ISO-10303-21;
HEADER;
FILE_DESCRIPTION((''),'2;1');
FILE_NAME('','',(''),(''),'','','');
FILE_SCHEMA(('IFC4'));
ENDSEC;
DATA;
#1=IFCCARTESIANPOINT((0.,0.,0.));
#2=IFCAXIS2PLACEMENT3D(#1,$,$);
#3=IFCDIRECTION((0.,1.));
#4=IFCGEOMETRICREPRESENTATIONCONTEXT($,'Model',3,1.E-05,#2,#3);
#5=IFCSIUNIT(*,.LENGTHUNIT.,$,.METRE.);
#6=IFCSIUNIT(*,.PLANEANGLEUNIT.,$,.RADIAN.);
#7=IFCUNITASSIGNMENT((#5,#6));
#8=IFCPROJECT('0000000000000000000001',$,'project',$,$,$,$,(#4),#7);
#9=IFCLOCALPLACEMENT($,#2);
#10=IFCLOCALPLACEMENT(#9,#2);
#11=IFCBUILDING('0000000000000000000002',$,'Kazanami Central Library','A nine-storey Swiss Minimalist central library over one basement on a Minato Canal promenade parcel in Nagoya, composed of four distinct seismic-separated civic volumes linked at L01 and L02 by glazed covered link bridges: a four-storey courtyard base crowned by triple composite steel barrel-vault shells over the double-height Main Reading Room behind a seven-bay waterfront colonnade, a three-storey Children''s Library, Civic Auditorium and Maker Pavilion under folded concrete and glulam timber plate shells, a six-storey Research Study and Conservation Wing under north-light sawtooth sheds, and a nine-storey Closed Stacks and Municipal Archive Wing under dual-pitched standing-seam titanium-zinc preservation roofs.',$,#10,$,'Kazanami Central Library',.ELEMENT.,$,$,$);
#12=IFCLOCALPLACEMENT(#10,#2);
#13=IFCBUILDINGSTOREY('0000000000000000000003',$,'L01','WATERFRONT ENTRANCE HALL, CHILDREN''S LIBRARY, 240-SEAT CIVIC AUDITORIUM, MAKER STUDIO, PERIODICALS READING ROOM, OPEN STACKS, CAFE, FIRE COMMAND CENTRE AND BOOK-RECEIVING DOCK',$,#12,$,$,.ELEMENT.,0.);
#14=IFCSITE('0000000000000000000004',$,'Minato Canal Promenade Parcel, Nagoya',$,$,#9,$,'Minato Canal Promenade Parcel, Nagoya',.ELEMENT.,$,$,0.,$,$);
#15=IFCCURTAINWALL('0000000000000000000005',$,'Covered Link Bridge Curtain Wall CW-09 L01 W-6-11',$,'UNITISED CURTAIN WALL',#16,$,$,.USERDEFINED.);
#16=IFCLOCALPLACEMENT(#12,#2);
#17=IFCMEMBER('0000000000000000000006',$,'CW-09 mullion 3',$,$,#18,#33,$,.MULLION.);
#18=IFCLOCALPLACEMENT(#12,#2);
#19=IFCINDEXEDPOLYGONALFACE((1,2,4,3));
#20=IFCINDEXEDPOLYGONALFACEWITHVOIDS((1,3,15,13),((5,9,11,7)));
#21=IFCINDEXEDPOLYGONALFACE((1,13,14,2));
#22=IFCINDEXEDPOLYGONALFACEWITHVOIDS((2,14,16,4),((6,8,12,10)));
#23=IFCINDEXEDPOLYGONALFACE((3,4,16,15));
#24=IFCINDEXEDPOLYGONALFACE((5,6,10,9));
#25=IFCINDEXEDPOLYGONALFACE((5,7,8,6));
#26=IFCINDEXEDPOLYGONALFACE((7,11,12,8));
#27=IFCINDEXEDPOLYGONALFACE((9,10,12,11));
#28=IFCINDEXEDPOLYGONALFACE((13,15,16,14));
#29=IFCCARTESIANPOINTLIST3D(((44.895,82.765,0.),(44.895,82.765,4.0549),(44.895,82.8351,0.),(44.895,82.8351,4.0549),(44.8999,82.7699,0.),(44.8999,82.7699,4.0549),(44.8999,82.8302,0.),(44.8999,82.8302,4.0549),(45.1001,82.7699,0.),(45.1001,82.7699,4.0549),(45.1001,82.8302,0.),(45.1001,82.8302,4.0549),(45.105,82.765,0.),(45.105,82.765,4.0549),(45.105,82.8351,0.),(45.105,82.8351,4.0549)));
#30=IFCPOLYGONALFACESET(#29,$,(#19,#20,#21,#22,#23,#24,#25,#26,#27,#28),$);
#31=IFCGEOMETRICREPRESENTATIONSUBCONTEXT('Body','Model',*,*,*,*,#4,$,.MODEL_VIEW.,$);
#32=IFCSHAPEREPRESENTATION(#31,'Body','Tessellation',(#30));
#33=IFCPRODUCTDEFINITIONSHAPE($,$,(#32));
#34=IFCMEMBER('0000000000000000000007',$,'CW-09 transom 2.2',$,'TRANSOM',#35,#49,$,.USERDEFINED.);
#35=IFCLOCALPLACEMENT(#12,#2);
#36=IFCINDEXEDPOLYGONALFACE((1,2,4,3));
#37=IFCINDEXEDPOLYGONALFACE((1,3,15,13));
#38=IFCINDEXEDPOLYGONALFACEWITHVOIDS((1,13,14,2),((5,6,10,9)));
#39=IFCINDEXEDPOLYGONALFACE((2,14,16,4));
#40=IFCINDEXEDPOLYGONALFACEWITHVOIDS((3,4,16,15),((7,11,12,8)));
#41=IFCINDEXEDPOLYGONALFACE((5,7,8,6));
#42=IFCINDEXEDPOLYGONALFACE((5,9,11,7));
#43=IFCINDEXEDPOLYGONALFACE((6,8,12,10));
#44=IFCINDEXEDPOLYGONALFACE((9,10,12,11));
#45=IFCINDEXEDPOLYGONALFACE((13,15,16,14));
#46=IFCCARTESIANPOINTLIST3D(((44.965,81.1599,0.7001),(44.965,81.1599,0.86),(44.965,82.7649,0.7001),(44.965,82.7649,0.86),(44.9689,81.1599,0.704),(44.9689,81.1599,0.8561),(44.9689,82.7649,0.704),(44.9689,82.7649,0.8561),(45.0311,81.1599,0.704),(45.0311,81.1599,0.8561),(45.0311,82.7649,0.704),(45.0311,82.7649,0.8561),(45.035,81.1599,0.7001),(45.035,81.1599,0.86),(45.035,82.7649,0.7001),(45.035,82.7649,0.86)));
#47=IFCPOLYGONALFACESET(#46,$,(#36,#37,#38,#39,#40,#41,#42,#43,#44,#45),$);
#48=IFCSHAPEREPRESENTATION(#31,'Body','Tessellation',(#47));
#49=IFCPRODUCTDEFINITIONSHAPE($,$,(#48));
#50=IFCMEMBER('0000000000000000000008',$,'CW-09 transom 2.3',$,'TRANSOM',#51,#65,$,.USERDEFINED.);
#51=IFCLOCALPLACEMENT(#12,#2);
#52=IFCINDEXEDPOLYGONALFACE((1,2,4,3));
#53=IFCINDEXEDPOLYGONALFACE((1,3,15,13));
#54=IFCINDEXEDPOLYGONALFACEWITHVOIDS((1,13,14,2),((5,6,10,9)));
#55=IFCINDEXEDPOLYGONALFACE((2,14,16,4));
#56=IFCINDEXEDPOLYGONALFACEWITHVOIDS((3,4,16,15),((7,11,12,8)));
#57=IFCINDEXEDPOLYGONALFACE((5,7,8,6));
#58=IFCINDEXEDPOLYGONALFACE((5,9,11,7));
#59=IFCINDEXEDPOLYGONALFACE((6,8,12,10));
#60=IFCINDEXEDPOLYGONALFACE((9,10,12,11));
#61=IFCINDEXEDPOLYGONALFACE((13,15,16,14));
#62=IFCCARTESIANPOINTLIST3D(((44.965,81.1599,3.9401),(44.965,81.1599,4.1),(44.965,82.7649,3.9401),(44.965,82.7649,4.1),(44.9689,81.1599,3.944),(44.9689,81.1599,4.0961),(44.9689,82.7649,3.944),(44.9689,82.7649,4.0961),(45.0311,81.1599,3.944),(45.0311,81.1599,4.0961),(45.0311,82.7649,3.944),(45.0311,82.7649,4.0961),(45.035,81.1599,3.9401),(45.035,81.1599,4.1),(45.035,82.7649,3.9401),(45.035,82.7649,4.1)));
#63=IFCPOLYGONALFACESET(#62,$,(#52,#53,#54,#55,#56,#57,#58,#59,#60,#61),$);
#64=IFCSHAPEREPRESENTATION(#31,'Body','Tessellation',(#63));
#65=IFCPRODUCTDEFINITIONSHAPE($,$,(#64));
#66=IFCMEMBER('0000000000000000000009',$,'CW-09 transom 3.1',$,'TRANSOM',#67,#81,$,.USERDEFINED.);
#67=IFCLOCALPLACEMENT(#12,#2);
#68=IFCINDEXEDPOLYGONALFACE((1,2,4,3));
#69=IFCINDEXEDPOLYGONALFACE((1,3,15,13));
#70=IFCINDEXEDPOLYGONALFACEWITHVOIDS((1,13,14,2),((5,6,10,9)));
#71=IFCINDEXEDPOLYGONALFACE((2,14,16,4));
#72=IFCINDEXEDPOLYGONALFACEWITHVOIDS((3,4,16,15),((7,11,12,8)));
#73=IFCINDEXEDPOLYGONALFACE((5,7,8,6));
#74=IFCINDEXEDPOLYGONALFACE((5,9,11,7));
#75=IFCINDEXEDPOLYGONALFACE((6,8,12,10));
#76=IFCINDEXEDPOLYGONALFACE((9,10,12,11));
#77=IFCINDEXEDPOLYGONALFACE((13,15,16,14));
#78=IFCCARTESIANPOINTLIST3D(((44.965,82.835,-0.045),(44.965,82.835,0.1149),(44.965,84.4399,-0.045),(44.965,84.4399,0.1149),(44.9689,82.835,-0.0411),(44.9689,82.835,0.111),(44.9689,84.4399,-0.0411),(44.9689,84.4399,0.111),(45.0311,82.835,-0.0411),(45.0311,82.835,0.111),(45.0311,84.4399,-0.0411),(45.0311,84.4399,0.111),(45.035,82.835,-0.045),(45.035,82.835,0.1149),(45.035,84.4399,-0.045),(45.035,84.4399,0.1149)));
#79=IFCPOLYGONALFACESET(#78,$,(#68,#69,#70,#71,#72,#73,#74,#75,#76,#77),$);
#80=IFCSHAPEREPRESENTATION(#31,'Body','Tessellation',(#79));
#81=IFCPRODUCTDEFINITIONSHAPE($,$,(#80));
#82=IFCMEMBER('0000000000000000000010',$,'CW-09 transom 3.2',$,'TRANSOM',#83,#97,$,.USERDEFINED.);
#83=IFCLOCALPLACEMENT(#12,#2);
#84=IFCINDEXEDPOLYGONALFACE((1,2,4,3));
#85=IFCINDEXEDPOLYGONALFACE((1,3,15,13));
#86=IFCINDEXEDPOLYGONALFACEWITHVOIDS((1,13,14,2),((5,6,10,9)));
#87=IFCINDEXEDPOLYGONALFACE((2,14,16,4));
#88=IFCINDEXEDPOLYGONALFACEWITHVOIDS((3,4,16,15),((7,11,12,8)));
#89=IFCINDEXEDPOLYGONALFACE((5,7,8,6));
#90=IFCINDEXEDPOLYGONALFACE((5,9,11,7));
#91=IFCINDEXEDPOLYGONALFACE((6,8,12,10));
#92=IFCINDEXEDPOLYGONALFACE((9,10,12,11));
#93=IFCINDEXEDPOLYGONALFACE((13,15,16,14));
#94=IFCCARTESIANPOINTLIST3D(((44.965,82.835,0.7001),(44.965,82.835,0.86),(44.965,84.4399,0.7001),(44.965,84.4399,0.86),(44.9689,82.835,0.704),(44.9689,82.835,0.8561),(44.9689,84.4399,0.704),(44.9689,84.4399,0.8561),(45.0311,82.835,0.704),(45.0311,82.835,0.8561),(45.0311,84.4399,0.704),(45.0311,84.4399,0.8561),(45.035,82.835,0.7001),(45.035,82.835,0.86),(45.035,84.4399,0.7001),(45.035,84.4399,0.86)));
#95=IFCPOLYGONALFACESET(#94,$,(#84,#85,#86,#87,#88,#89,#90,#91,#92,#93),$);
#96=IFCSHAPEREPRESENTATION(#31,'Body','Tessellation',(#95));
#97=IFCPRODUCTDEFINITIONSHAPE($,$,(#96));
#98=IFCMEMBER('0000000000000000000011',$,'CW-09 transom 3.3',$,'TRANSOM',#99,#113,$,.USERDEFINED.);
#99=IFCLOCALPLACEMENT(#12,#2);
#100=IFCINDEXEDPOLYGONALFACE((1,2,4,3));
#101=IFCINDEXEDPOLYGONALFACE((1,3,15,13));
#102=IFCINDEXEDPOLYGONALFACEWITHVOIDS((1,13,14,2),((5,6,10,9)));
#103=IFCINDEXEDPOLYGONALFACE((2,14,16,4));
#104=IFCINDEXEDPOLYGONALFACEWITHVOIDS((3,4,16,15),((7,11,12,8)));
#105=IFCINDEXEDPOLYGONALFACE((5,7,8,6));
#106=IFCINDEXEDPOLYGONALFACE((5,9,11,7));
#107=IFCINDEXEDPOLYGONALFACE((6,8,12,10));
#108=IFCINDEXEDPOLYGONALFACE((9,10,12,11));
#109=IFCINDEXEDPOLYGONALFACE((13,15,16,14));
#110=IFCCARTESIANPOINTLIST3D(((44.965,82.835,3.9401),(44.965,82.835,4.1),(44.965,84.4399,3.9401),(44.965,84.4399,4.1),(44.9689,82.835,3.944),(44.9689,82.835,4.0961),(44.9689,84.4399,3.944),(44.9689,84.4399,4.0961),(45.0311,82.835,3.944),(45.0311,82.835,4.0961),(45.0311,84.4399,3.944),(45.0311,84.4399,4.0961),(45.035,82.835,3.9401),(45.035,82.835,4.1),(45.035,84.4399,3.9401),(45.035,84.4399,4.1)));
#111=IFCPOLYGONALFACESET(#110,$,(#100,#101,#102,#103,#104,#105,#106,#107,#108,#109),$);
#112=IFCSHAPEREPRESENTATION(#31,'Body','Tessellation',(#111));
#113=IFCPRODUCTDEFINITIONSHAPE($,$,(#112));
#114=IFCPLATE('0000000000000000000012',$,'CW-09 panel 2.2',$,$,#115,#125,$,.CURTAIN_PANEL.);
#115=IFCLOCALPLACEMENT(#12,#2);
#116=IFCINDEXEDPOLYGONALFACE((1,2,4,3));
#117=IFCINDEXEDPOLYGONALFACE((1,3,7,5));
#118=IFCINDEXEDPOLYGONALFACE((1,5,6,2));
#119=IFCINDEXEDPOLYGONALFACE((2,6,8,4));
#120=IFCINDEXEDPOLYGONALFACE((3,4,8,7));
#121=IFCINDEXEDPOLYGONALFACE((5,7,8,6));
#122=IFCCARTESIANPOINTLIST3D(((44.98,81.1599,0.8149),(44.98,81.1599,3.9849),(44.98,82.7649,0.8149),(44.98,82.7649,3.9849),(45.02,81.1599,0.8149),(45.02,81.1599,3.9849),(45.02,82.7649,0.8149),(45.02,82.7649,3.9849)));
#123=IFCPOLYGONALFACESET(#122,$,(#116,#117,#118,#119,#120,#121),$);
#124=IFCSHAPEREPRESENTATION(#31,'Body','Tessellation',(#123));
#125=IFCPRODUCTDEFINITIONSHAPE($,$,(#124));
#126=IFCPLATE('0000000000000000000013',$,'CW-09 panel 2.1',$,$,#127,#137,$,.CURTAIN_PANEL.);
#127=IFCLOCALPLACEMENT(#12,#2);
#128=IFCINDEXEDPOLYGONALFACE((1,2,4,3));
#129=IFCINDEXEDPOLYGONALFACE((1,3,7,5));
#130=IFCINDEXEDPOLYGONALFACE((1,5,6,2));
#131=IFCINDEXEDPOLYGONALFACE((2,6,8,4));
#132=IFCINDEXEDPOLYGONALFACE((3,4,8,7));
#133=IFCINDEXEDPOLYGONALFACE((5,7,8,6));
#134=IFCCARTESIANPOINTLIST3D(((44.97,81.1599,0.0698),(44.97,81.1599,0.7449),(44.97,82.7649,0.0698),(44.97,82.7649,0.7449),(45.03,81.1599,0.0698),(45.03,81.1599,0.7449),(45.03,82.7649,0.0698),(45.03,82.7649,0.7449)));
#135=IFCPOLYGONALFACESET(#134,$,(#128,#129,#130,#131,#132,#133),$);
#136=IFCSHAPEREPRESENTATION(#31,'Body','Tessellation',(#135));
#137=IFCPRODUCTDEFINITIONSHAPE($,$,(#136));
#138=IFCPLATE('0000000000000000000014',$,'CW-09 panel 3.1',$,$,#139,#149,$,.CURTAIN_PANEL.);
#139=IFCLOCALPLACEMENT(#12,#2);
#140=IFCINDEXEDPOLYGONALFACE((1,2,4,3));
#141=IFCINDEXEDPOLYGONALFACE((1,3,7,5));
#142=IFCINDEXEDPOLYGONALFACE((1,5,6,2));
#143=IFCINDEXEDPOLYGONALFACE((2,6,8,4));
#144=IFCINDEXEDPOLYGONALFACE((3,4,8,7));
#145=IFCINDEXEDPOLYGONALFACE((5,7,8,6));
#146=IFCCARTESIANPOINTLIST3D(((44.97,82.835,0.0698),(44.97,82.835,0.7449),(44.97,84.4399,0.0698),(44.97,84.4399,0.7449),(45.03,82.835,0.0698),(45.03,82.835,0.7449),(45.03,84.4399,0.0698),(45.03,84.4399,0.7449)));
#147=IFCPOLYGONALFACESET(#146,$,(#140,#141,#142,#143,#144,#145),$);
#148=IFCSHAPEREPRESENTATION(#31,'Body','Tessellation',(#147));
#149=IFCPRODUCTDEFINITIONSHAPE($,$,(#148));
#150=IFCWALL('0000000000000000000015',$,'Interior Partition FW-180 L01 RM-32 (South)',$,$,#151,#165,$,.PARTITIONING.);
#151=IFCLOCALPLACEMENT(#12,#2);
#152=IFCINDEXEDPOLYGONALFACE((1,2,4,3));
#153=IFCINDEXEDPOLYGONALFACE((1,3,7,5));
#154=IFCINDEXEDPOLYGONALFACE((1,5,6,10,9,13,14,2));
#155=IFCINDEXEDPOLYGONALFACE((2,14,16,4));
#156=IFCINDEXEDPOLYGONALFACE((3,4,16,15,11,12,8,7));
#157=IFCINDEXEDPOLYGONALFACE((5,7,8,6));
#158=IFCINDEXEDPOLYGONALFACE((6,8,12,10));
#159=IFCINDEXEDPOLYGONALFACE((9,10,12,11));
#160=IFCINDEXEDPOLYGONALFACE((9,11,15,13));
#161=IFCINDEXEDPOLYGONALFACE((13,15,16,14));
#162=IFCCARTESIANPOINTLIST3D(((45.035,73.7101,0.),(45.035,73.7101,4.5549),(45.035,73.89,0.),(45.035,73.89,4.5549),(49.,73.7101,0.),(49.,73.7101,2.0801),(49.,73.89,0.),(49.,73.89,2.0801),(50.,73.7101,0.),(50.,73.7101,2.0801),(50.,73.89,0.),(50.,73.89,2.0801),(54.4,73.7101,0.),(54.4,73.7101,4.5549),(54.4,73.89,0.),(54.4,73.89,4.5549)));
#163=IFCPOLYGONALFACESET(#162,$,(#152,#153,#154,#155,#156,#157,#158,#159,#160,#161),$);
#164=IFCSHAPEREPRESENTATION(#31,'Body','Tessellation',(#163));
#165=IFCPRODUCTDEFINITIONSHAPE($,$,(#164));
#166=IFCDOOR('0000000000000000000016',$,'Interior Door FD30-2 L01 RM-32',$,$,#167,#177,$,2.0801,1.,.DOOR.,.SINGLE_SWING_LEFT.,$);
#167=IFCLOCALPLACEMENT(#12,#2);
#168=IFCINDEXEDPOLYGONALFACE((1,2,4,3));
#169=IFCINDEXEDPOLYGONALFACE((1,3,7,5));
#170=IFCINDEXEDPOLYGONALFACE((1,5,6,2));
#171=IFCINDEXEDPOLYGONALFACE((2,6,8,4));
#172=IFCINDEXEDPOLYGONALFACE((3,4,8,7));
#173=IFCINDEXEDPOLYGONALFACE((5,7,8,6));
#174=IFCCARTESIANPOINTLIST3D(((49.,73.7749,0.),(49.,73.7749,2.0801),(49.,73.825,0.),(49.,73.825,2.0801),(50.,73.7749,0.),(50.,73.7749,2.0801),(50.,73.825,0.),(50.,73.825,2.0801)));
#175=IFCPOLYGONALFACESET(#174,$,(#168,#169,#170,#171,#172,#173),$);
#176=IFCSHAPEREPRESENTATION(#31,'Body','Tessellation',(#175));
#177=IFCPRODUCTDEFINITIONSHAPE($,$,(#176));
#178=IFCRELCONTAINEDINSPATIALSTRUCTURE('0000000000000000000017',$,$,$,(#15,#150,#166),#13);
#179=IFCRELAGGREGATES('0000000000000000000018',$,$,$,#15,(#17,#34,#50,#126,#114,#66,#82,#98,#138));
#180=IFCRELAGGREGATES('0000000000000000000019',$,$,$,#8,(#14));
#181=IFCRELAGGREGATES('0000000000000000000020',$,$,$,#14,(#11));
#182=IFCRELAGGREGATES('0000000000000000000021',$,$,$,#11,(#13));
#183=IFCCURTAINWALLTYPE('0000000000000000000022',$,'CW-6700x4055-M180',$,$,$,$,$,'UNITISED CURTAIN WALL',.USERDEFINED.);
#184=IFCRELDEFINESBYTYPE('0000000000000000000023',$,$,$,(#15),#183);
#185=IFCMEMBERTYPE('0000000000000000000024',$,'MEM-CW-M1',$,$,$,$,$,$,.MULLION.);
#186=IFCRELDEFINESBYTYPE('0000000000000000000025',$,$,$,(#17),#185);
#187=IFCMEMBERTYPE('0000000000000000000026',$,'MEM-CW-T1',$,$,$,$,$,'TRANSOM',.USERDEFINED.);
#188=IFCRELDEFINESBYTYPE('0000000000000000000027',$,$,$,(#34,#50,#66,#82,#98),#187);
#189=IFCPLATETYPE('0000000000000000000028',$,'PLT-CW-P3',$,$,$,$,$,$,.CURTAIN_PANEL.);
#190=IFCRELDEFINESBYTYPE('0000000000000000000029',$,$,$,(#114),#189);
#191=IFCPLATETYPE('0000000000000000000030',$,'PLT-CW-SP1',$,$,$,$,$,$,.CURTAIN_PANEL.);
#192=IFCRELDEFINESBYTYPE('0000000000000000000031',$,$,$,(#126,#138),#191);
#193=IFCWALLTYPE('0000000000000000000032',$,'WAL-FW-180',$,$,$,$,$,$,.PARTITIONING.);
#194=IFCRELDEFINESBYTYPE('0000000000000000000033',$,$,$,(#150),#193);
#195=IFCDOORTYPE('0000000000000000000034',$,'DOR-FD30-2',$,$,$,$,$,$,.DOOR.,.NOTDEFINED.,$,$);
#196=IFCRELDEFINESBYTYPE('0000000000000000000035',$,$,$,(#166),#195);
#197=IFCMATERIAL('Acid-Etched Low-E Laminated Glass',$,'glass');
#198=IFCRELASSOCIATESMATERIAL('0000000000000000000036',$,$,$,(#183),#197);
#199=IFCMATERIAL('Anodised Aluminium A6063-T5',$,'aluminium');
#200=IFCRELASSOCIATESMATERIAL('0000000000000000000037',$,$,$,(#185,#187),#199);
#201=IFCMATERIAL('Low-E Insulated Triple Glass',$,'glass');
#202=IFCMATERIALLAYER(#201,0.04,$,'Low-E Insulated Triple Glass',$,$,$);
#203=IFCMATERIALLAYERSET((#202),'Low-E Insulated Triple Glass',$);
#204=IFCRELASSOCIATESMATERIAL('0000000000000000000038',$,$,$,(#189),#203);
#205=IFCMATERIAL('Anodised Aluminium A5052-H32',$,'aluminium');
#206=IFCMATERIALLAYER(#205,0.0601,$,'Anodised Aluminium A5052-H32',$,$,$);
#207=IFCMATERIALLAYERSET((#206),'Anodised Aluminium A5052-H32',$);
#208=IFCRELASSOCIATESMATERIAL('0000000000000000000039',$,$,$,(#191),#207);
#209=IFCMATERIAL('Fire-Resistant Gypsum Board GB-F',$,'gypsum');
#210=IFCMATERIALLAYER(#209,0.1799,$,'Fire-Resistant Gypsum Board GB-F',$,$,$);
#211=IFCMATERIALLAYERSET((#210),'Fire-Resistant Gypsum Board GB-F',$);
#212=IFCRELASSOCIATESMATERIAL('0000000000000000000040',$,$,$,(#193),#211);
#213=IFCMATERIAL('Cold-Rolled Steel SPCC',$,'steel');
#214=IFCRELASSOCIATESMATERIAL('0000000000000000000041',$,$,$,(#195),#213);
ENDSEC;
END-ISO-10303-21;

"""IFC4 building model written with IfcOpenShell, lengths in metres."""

from ifc_helpers import new_model, si_unit, direction, frame, frame_2d, origin, origin_2d, place, context, subcontext, project, spatial, rectangle, hollow_rectangle, extrude, material, layer, layer_set, material_profile, profile_set, type_object, element, fill, aggregate, save


model = new_model("IFC4")

# Units and contexts
model_context = context("Model", 3, precision=1e-05, world=origin(), true_north=direction((0.0, 1.0)))
body_context = subcontext(model_context, "Body", "Model", "MODEL_VIEW")
ifc_project = project(units=[si_unit("LENGTHUNIT", "METRE"), si_unit("PLANEANGLEUNIT", "RADIAN")], contexts=[model_context])

# Site, building, storey
site_placement = place(None, origin())
site = spatial("IfcSite", under=ifc_project, at=site_placement, Name="Minato Canal Promenade Parcel, Nagoya", LongName="Minato Canal Promenade Parcel, Nagoya", CompositionType="ELEMENT", RefElevation=0.0)
building_placement = place(site_placement, origin())
building = spatial("IfcBuilding", under=site, at=building_placement, Name="Kazanami Central Library", Description="A nine-storey Swiss Minimalist central library over one basement on a Minato Canal promenade parcel in Nagoya, composed of four distinct seismic-separated civic volumes linked at L01 and L02 by glazed covered link bridges: a four-storey courtyard base crowned by triple composite steel barrel-vault shells over the double-height Main Reading Room behind a seven-bay waterfront colonnade, a three-storey Children's Library, Civic Auditorium and Maker Pavilion under folded concrete and glulam timber plate shells, a six-storey Research Study and Conservation Wing under north-light sawtooth sheds, and a nine-storey Closed Stacks and Municipal Archive Wing under dual-pitched standing-seam titanium-zinc preservation roofs.", LongName="Kazanami Central Library", CompositionType="ELEMENT")
storey_placement = place(building_placement, origin())
storey = spatial("IfcBuildingStorey", under=building, at=storey_placement, Name="L01", Description="WATERFRONT ENTRANCE HALL, CHILDREN'S LIBRARY, 240-SEAT CIVIC AUDITORIUM, MAKER STUDIO, PERIODICALS READING ROOM, OPEN STACKS, CAFE, FIRE COMMAND CENTRE AND BOOK-RECEIVING DOCK", CompositionType="ELEMENT", Elevation=0.0)

# Curtain wall, members, plates
ifc_material_1 = material(Name="Acid-Etched Low-E Laminated Glass", Category="glass")
curtain_wall_type = type_object("IfcCurtainWallType", Name="CW-6700x4055-M180", ElementType="UNITISED CURTAIN WALL", PredefinedType="USERDEFINED", material=ifc_material_1)
curtain_wall_placement = place(storey_placement, origin())
curtain_wall = element("IfcCurtainWall", 1, at=curtain_wall_placement, inside=storey, type_object=curtain_wall_type, Name="Covered Link Bridge Curtain Wall CW-09 L01 W-6-11", ObjectType="UNITISED CURTAIN WALL", PredefinedType="USERDEFINED")
ifc_material_2 = material(Name="Anodised Aluminium A6063-T5", Category="aluminium")
ifc_material_profile_1 = material_profile(ifc_material_2, hollow_rectangle(XDim=0.0701, YDim=0.21, WallThickness=0.0049, at=origin_2d()), Name="ALU-MULL-70x210x5")
ifc_profile_set_1 = profile_set([ifc_material_profile_1], Name="Anodised Aluminium A6063-T5")
member_type_1 = type_object("IfcMemberType", Name="MEM-CW-M1", PredefinedType="MULLION", material=ifc_profile_set_1)
member_1_placement = place(storey_placement, frame((45.0, 82.8, 0.0), z_axis=(0.0, 0.0, 1.0), x_axis=(0.0, 1.0, 0.0)))
member_1 = element("IfcMember", 2, at=member_1_placement, type_object=member_type_1, Name="CW-09 mullion 3", PredefinedType="MULLION", context=body_context, shape_type="SweptSolid", body=[
    extrude(hollow_rectangle(XDim=0.0701, YDim=0.21, WallThickness=0.0049, at=origin_2d()), origin(), (0.0, 0.0, 1.0), 4.0549),
])
ifc_material_profile_2 = material_profile(ifc_material_2, hollow_rectangle(XDim=0.0701, YDim=0.1599, WallThickness=0.0039, at=origin_2d()), Name="ALU-TRAN-70x160x4")
ifc_profile_set_2 = profile_set([ifc_material_profile_2], Name="Anodised Aluminium A6063-T5")
member_type_2 = type_object("IfcMemberType", Name="MEM-CW-T1", ElementType="TRANSOM", PredefinedType="USERDEFINED", material=ifc_profile_set_2)
member_2_placement = place(storey_placement, frame((45.0, 81.1599, 0.78), z_axis=(0.0, 1.0, 0.0), x_axis=(-1.0, 0.0, 0.0)))
member_2 = element("IfcMember", 3, at=member_2_placement, type_object=member_type_2, Name="CW-09 transom 2.2", ObjectType="TRANSOM", PredefinedType="USERDEFINED", context=body_context, shape_type="SweptSolid", body=[
    extrude(hollow_rectangle(XDim=0.0701, YDim=0.1599, WallThickness=0.0039, at=origin_2d()), origin(), (0.0, 0.0, 1.0), 1.605),
])
member_3_placement = place(storey_placement, frame((45.0, 81.1599, 4.02), z_axis=(0.0, 1.0, 0.0), x_axis=(-1.0, 0.0, 0.0)))
member_3 = element("IfcMember", 4, at=member_3_placement, type_object=member_type_2, Name="CW-09 transom 2.3", ObjectType="TRANSOM", PredefinedType="USERDEFINED", context=body_context, shape_type="SweptSolid", body=[
    extrude(hollow_rectangle(XDim=0.0701, YDim=0.1599, WallThickness=0.0039, at=origin_2d()), origin(), (0.0, 0.0, 1.0), 1.605),
])
member_4_placement = place(storey_placement, frame((45.0, 82.835, 0.0349), z_axis=(0.0, 1.0, 0.0), x_axis=(-1.0, 0.0, 0.0)))
member_4 = element("IfcMember", 5, at=member_4_placement, type_object=member_type_2, Name="CW-09 transom 3.1", ObjectType="TRANSOM", PredefinedType="USERDEFINED", context=body_context, shape_type="SweptSolid", body=[
    extrude(hollow_rectangle(XDim=0.0701, YDim=0.1599, WallThickness=0.0039, at=origin_2d()), origin(), (0.0, 0.0, 1.0), 1.605),
])
member_5_placement = place(storey_placement, frame((45.0, 82.835, 0.78), z_axis=(0.0, 1.0, 0.0), x_axis=(-1.0, 0.0, 0.0)))
member_5 = element("IfcMember", 6, at=member_5_placement, type_object=member_type_2, Name="CW-09 transom 3.2", ObjectType="TRANSOM", PredefinedType="USERDEFINED", context=body_context, shape_type="SweptSolid", body=[
    extrude(hollow_rectangle(XDim=0.0701, YDim=0.1599, WallThickness=0.0039, at=origin_2d()), origin(), (0.0, 0.0, 1.0), 1.605),
])
member_6_placement = place(storey_placement, frame((45.0, 82.835, 4.02), z_axis=(0.0, 1.0, 0.0), x_axis=(-1.0, 0.0, 0.0)))
member_6 = element("IfcMember", 7, at=member_6_placement, type_object=member_type_2, Name="CW-09 transom 3.3", ObjectType="TRANSOM", PredefinedType="USERDEFINED", context=body_context, shape_type="SweptSolid", body=[
    extrude(hollow_rectangle(XDim=0.0701, YDim=0.1599, WallThickness=0.0039, at=origin_2d()), origin(), (0.0, 0.0, 1.0), 1.605),
])
ifc_material_3 = material(Name="Low-E Insulated Triple Glass", Category="glass")
ifc_layer_1 = layer(ifc_material_3, 0.04, Name="Low-E Insulated Triple Glass")
ifc_layer_set_1 = layer_set([ifc_layer_1], Name="Low-E Insulated Triple Glass")
plate_type_1 = type_object("IfcPlateType", Name="PLT-CW-P3", PredefinedType="CURTAIN_PANEL", material=ifc_layer_set_1)
plate_1_placement = place(storey_placement, frame((45.0, 81.9624, 0.8149), z_axis=(0.0, 0.0, 1.0), x_axis=(0.0, 1.0, 0.0)))
plate_1 = element("IfcPlate", 8, at=plate_1_placement, type_object=plate_type_1, Name="CW-09 panel 2.2", PredefinedType="CURTAIN_PANEL", context=body_context, shape_type="SweptSolid", body=[
    extrude(rectangle(XDim=1.605, YDim=0.04, at=origin_2d()), origin(), (0.0, 0.0, 1.0), 3.1699),
])
ifc_material_4 = material(Name="Anodised Aluminium A5052-H32", Category="aluminium")
ifc_layer_2 = layer(ifc_material_4, 0.0601, Name="Anodised Aluminium A5052-H32")
ifc_layer_set_2 = layer_set([ifc_layer_2], Name="Anodised Aluminium A5052-H32")
plate_type_2 = type_object("IfcPlateType", Name="PLT-CW-SP1", PredefinedType="CURTAIN_PANEL", material=ifc_layer_set_2)
plate_2_placement = place(storey_placement, frame((45.0, 81.9624, 0.0698), z_axis=(0.0, 0.0, 1.0), x_axis=(0.0, 1.0, 0.0)))
plate_2 = element("IfcPlate", 9, at=plate_2_placement, type_object=plate_type_2, Name="CW-09 panel 2.1", PredefinedType="CURTAIN_PANEL", context=body_context, shape_type="SweptSolid", body=[
    extrude(rectangle(XDim=1.605, YDim=0.0601, at=origin_2d()), origin(), (0.0, 0.0, 1.0), 0.675),
])
plate_3_placement = place(storey_placement, frame((45.0, 83.6375, 0.0698), z_axis=(0.0, 0.0, 1.0), x_axis=(0.0, 1.0, 0.0)))
plate_3 = element("IfcPlate", 10, at=plate_3_placement, type_object=plate_type_2, Name="CW-09 panel 3.1", PredefinedType="CURTAIN_PANEL", context=body_context, shape_type="SweptSolid", body=[
    extrude(rectangle(XDim=1.605, YDim=0.0601, at=origin_2d()), origin(), (0.0, 0.0, 1.0), 0.675),
])
aggregate(curtain_wall, [member_1, member_2, member_3, plate_2, plate_1, member_4, member_5, member_6, plate_3])

# Wall, opening, door
ifc_material_5 = material(Name="Fire-Resistant Gypsum Board GB-F", Category="gypsum")
ifc_layer_3 = layer(ifc_material_5, 0.1799, Name="Fire-Resistant Gypsum Board GB-F")
ifc_layer_set_3 = layer_set([ifc_layer_3], Name="Fire-Resistant Gypsum Board GB-F")
wall_type = type_object("IfcWallType", Name="WAL-FW-180", PredefinedType="PARTITIONING", material=ifc_layer_set_3)
wall_placement = place(storey_placement, frame((45.0349, 73.8, 0.0), z_axis=(0.0, 0.0, 1.0), x_axis=(1.0, 0.0, 0.0)))
wall = element("IfcWall", 11, at=wall_placement, inside=storey, type_object=wall_type, Name="Interior Partition FW-180 L01 RM-32 (South)", PredefinedType="PARTITIONING", context=body_context, shape_type="SweptSolid", body=[
    extrude(rectangle(XDim=9.365, YDim=0.1799, at=frame_2d((4.6826, 0.0))), origin(), (0.0, 0.0, 1.0), 4.5549),
])
opening_placement = place(wall_placement, frame((3.9651, 0.0, 0.0)))
opening = element("IfcOpeningElement", 12, at=opening_placement, cuts=wall, PredefinedType="OPENING", context=body_context, shape_type="SweptSolid", body=[
    extrude(rectangle(XDim=1.0, YDim=2.0801, at=frame_2d((0.5, 1.04))), frame((0.0, 0.1021, 0.0), z_axis=(0.0, -1.0, 0.0), x_axis=(1.0, 0.0, 0.0)), (0.0, 0.0, 1.0), 0.2039),
])
ifc_material_6 = material(Name="Cold-Rolled Steel SPCC", Category="steel")
door_type = type_object("IfcDoorType", Name="DOR-FD30-2", OperationType="NOTDEFINED", PredefinedType="DOOR", material=ifc_material_6)
door_placement = place(opening_placement, origin())
door = element("IfcDoor", 13, at=door_placement, inside=storey, type_object=door_type, Name="Interior Door FD30-2 L01 RM-32", OperationType="SINGLE_SWING_LEFT", OverallHeight=2.0801, OverallWidth=1.0, PredefinedType="DOOR", context=body_context, shape_type="SweptSolid", body=[
    extrude(rectangle(XDim=1.0, YDim=2.0801, at=frame_2d((0.5, 1.04))), frame((0.0, 0.0249, 0.0), z_axis=(0.0, -1.0, 0.0), x_axis=(1.0, 0.0, 0.0)), (0.0, 0.0, 1.0), 0.05),
])
fill(opening, door)

save(model, "model.ifc")
